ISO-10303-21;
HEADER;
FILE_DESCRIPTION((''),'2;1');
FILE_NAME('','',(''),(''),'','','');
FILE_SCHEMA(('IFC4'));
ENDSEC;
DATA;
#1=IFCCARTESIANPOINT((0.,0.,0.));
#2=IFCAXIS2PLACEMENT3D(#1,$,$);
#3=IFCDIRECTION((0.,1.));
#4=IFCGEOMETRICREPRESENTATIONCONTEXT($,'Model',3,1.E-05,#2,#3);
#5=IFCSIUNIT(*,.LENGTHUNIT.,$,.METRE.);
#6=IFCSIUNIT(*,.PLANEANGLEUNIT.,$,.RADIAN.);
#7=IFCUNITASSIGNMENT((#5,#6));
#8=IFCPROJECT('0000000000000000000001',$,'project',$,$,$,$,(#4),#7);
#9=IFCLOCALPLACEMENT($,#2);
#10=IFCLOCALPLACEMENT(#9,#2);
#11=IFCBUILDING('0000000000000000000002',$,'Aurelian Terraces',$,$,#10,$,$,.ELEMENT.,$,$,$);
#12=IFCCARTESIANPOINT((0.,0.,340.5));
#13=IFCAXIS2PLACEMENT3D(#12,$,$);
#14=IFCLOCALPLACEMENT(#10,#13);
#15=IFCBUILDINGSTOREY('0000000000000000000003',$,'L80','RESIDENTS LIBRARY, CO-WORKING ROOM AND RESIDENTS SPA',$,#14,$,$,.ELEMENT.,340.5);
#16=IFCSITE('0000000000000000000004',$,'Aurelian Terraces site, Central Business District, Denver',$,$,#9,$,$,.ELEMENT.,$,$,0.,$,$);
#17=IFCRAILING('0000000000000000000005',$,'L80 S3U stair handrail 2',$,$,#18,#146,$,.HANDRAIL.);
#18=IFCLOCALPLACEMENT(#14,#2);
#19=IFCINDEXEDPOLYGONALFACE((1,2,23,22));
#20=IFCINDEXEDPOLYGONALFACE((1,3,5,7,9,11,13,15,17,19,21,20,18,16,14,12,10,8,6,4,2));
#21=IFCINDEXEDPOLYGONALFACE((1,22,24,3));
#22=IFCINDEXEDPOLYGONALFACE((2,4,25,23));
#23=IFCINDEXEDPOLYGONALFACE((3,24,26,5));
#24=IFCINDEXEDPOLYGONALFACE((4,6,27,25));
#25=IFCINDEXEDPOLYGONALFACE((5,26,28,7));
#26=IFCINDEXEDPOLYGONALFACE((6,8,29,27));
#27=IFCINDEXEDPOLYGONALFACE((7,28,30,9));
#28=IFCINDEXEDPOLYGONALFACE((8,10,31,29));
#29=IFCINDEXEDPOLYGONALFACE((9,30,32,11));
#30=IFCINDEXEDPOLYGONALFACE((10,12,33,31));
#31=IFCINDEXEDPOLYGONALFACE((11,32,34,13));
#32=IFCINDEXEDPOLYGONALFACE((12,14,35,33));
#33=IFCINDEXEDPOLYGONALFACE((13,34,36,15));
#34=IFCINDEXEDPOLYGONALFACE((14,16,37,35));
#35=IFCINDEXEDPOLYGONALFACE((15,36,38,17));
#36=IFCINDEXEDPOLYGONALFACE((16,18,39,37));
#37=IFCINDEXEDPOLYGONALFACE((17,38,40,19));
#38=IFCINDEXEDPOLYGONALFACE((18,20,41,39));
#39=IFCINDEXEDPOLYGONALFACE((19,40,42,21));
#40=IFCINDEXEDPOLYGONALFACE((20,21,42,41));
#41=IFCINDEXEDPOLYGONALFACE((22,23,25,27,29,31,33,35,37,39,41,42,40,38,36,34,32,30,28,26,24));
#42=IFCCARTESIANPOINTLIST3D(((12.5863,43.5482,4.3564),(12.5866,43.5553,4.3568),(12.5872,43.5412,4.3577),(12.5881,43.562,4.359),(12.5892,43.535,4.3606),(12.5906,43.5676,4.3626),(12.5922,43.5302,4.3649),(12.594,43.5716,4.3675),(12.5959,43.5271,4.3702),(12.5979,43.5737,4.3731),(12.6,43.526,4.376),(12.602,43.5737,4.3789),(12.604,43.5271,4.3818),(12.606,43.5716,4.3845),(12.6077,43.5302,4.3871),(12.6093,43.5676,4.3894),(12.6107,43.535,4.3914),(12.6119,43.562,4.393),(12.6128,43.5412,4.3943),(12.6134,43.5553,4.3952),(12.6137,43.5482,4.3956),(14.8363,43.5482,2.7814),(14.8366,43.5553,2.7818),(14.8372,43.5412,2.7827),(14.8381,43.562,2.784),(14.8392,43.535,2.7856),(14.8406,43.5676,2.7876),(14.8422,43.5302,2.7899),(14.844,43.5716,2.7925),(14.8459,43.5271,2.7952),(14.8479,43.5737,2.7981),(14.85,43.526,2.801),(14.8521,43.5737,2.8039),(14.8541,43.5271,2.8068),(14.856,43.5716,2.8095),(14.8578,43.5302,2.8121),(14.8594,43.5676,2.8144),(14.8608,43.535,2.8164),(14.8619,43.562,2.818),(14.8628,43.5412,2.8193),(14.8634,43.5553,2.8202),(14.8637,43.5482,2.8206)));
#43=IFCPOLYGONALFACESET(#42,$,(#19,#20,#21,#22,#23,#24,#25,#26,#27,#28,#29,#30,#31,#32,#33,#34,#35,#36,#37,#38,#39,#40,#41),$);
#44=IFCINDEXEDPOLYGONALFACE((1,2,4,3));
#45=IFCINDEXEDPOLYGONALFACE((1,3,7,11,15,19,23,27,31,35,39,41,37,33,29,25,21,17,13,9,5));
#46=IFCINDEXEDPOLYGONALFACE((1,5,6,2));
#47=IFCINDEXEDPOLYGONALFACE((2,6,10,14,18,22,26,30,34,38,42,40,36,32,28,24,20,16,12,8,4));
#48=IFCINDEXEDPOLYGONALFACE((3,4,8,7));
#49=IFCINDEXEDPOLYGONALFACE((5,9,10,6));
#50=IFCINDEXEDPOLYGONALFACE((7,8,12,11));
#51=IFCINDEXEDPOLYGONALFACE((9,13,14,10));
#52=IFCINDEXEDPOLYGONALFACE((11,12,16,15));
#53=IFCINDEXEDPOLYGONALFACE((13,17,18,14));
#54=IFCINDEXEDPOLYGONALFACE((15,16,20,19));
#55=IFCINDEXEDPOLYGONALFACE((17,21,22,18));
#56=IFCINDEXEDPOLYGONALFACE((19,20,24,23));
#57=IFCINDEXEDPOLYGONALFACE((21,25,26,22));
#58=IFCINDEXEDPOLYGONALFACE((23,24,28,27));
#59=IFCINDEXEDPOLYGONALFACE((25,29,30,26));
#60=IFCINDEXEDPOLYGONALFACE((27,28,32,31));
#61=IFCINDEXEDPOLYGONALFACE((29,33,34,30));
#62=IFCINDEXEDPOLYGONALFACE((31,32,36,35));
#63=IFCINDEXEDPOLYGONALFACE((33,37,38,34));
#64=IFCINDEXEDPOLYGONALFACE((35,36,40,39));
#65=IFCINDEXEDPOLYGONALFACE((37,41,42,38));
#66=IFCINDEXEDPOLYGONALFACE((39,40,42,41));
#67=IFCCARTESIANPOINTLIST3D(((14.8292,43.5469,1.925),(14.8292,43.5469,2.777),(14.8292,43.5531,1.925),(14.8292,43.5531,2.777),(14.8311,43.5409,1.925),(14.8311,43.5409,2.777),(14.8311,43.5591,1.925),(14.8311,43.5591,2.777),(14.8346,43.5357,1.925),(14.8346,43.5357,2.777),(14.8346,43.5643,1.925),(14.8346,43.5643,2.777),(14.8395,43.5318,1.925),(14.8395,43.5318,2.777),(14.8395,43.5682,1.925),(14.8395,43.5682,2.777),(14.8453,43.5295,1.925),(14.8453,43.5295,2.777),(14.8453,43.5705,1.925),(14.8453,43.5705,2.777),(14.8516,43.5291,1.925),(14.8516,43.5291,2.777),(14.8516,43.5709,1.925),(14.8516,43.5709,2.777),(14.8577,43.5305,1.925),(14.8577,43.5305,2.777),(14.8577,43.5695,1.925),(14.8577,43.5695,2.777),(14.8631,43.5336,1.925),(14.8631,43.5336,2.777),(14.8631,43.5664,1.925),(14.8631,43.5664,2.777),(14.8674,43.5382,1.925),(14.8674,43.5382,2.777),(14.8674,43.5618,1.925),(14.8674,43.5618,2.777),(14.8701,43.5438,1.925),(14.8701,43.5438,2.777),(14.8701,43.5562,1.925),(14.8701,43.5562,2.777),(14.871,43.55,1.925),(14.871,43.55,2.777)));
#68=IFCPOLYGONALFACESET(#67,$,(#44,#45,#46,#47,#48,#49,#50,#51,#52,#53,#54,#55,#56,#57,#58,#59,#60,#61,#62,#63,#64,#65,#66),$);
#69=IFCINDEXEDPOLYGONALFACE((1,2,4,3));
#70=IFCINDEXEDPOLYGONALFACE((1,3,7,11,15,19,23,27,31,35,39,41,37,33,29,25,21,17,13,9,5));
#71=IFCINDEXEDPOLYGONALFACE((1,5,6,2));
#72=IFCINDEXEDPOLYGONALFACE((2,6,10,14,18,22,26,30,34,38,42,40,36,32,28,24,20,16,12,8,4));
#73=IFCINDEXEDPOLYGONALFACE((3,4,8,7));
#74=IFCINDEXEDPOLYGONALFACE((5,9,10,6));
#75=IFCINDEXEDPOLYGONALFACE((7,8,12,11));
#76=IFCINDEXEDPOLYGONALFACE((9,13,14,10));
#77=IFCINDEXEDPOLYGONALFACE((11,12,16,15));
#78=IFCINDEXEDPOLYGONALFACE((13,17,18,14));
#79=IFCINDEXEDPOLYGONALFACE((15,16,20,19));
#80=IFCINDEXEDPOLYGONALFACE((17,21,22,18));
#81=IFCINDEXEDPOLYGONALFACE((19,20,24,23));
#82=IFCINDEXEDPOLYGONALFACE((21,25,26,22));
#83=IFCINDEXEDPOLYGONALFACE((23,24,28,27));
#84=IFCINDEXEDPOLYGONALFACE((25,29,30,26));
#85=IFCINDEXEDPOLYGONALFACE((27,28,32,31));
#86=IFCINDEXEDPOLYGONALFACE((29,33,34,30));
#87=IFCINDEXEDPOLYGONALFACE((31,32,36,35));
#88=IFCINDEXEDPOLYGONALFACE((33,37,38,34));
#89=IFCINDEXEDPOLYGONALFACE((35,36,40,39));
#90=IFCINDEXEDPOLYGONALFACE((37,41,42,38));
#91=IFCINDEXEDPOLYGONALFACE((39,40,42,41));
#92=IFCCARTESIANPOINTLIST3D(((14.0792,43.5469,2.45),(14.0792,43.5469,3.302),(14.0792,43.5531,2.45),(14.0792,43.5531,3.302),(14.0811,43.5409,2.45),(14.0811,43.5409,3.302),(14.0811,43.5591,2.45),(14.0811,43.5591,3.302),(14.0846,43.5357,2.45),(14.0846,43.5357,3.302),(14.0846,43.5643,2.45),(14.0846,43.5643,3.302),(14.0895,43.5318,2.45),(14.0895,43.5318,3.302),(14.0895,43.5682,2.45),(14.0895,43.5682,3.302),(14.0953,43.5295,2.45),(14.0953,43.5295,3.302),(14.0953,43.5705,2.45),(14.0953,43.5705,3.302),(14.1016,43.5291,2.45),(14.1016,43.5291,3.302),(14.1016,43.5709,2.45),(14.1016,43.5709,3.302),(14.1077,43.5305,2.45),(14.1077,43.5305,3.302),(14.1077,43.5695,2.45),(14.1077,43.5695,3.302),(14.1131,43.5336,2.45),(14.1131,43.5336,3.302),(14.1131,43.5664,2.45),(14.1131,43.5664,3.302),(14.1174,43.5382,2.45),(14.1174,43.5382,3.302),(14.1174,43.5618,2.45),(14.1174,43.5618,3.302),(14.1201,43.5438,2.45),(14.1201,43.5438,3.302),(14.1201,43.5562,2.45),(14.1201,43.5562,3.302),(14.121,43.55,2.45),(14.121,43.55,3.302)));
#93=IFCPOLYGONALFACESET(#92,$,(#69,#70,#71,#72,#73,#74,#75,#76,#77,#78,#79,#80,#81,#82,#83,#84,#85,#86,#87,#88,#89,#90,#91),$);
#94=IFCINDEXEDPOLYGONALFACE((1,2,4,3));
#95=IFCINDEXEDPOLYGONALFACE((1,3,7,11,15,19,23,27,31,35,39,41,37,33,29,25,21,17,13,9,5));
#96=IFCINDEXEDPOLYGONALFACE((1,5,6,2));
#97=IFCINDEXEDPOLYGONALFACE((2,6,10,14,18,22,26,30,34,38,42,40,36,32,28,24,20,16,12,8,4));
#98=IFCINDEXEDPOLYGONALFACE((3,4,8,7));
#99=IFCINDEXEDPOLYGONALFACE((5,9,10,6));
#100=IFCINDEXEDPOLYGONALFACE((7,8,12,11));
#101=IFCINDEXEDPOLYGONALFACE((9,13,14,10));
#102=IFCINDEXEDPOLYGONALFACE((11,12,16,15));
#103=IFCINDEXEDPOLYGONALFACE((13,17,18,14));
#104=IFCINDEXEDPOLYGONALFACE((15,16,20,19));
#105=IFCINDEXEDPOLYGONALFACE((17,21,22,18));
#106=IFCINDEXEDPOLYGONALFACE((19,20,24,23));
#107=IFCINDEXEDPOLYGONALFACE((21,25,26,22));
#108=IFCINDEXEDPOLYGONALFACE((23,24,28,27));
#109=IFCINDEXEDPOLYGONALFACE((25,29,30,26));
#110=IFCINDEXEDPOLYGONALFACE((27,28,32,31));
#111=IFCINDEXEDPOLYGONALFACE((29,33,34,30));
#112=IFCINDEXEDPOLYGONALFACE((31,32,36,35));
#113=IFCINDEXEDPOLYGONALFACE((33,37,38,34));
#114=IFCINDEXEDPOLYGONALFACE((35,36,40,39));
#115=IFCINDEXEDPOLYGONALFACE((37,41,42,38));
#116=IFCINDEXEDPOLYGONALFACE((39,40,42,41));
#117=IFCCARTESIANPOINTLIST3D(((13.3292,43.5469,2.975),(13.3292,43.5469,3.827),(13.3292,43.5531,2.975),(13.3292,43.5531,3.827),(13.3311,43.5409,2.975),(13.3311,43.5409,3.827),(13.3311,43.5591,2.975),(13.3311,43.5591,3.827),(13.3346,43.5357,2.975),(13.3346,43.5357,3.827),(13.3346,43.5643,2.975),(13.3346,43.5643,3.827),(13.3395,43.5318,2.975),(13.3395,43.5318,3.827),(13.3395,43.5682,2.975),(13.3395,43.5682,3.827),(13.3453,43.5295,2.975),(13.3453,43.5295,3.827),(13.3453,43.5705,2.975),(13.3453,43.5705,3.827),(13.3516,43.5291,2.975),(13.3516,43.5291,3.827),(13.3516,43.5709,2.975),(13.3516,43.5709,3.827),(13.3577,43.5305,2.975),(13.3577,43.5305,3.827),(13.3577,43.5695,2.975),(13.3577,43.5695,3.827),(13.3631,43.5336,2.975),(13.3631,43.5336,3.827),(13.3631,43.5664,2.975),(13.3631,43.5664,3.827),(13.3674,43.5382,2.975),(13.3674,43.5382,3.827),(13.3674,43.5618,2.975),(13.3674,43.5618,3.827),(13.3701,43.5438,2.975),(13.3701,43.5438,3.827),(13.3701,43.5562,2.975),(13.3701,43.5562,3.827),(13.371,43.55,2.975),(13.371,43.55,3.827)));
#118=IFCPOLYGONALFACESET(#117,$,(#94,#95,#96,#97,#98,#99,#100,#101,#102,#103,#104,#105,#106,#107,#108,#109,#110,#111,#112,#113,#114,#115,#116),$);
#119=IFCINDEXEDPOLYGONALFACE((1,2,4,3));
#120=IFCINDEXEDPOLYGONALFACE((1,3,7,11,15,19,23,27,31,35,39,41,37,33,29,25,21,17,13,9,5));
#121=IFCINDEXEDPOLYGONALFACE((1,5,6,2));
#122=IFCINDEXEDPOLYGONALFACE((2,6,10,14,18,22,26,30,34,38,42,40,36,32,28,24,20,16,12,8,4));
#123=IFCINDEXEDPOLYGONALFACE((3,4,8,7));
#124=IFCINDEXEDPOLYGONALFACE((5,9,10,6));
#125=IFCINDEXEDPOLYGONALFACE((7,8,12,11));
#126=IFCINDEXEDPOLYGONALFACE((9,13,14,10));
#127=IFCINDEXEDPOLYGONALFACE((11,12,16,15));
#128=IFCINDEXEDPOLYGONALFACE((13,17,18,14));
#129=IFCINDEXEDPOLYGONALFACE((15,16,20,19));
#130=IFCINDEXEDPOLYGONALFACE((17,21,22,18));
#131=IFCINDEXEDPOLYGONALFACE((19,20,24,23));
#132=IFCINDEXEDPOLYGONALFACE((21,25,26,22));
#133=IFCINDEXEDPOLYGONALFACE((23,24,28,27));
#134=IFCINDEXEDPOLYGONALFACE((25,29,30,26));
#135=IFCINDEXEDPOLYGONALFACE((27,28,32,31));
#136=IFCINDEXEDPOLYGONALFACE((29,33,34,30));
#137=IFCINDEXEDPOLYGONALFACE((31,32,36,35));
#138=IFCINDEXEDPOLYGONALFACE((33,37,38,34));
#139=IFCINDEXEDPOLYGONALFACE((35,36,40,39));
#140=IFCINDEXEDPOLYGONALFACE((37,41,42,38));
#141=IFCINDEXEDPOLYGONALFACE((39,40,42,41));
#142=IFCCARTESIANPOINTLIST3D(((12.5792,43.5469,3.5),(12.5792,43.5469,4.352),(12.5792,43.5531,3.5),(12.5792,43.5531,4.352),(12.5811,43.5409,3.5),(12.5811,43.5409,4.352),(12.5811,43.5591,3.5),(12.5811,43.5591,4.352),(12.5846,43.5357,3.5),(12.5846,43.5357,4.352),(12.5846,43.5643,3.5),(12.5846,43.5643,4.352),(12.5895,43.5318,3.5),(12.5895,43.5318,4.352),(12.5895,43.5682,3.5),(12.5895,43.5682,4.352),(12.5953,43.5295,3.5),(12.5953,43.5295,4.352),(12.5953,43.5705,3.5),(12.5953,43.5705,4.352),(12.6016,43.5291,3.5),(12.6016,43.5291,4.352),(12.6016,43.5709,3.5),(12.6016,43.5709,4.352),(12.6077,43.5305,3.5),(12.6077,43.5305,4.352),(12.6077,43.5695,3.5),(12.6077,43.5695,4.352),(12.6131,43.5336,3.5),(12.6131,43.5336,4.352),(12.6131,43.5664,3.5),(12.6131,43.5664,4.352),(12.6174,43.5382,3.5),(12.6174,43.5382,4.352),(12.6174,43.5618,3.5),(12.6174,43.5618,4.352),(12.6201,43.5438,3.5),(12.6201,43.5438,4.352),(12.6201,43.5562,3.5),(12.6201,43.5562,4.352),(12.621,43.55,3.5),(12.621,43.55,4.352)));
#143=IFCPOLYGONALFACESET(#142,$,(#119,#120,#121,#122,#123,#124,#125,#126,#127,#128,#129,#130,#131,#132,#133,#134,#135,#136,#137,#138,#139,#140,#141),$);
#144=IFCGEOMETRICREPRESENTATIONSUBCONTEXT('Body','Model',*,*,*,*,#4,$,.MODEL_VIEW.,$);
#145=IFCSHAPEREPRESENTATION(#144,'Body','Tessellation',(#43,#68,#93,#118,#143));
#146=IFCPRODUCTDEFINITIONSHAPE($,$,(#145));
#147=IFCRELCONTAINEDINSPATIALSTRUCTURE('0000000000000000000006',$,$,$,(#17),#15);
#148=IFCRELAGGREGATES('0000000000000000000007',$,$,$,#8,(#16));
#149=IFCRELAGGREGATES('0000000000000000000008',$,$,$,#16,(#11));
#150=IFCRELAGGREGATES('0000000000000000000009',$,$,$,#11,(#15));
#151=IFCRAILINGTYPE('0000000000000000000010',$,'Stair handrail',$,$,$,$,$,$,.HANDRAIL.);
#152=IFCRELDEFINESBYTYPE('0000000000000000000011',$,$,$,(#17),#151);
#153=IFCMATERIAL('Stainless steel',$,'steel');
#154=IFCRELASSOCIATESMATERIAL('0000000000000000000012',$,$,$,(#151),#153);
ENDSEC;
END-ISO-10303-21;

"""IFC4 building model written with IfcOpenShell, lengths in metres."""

from ifc_helpers import new_model, si_unit, direction, frame, origin, origin_2d, place, context, subcontext, project, spatial, circle, extrude, source, transform, mapped, material, type_object, element, save


model = new_model("IFC4")

# Units and contexts
model_context = context("Model", 3, precision=1e-05, world=origin(), true_north=direction((0.0, 1.0)))
body_context = subcontext(model_context, "Body", "Model", "MODEL_VIEW")
ifc_project = project(units=[si_unit("LENGTHUNIT", "METRE"), si_unit("PLANEANGLEUNIT", "RADIAN")], contexts=[model_context])

# Site, building, storey
site_placement = place(None, origin())
site = spatial("IfcSite", under=ifc_project, at=site_placement, Name="Aurelian Terraces site, Central Business District, Denver", CompositionType="ELEMENT", RefElevation=0.0)
building_placement = place(site_placement, origin())
building = spatial("IfcBuilding", under=site, at=building_placement, Name="Aurelian Terraces", CompositionType="ELEMENT")
storey_placement = place(building_placement, frame((0.0, 0.0, 340.5)))
storey = spatial("IfcBuildingStorey", under=building, at=storey_placement, Name="L80", Description="RESIDENTS LIBRARY, CO-WORKING ROOM AND RESIDENTS SPA", CompositionType="ELEMENT", Elevation=340.5)

# Railing
ifc_material_1 = material(Name="Stainless steel", Category="steel")
railing_type_1 = type_object("IfcRailingType", Name="Stair handrail", PredefinedType="HANDRAIL", material=ifc_material_1)
shared_shape_1 = source(origin(), body_context, "Body", "SweptSolid", [
    extrude(circle(Radius=0.024, at=origin_2d()), frame((0.0, 0.0, 0.876), z_axis=(-0.819232, 0.0, 0.573462), x_axis=(0.0, -1.0, 0.0)), (0.0, 0.0, 1.0), 2.7465),
    extrude(circle(Radius=0.021, at=origin_2d()), origin(), (0.0, 0.0, 1.0), 0.852),
    extrude(circle(Radius=0.021, at=origin_2d()), frame((-0.75, 0.0, 0.525)), (0.0, 0.0, 1.0), 0.852),
    extrude(circle(Radius=0.021, at=origin_2d()), frame((-1.5, 0.0, 1.05)), (0.0, 0.0, 1.0), 0.852),
    extrude(circle(Radius=0.021, at=origin_2d()), frame((-2.25, 0.0, 1.575)), (0.0, 0.0, 1.0), 0.852),
])
railing_1_placement = place(storey_placement, frame((14.85, 43.55, 1.925)))
element("IfcRailing", 1, at=railing_1_placement, inside=storey, type_object=railing_type_1, Name="L80 S3U stair handrail 2", PredefinedType="HANDRAIL", context=body_context, shape_type="MappedRepresentation", body=[
    mapped(shared_shape_1, transform((0.0, 0.0, 0.0), scale=1.0)),
])

save(model, "model.ifc")
